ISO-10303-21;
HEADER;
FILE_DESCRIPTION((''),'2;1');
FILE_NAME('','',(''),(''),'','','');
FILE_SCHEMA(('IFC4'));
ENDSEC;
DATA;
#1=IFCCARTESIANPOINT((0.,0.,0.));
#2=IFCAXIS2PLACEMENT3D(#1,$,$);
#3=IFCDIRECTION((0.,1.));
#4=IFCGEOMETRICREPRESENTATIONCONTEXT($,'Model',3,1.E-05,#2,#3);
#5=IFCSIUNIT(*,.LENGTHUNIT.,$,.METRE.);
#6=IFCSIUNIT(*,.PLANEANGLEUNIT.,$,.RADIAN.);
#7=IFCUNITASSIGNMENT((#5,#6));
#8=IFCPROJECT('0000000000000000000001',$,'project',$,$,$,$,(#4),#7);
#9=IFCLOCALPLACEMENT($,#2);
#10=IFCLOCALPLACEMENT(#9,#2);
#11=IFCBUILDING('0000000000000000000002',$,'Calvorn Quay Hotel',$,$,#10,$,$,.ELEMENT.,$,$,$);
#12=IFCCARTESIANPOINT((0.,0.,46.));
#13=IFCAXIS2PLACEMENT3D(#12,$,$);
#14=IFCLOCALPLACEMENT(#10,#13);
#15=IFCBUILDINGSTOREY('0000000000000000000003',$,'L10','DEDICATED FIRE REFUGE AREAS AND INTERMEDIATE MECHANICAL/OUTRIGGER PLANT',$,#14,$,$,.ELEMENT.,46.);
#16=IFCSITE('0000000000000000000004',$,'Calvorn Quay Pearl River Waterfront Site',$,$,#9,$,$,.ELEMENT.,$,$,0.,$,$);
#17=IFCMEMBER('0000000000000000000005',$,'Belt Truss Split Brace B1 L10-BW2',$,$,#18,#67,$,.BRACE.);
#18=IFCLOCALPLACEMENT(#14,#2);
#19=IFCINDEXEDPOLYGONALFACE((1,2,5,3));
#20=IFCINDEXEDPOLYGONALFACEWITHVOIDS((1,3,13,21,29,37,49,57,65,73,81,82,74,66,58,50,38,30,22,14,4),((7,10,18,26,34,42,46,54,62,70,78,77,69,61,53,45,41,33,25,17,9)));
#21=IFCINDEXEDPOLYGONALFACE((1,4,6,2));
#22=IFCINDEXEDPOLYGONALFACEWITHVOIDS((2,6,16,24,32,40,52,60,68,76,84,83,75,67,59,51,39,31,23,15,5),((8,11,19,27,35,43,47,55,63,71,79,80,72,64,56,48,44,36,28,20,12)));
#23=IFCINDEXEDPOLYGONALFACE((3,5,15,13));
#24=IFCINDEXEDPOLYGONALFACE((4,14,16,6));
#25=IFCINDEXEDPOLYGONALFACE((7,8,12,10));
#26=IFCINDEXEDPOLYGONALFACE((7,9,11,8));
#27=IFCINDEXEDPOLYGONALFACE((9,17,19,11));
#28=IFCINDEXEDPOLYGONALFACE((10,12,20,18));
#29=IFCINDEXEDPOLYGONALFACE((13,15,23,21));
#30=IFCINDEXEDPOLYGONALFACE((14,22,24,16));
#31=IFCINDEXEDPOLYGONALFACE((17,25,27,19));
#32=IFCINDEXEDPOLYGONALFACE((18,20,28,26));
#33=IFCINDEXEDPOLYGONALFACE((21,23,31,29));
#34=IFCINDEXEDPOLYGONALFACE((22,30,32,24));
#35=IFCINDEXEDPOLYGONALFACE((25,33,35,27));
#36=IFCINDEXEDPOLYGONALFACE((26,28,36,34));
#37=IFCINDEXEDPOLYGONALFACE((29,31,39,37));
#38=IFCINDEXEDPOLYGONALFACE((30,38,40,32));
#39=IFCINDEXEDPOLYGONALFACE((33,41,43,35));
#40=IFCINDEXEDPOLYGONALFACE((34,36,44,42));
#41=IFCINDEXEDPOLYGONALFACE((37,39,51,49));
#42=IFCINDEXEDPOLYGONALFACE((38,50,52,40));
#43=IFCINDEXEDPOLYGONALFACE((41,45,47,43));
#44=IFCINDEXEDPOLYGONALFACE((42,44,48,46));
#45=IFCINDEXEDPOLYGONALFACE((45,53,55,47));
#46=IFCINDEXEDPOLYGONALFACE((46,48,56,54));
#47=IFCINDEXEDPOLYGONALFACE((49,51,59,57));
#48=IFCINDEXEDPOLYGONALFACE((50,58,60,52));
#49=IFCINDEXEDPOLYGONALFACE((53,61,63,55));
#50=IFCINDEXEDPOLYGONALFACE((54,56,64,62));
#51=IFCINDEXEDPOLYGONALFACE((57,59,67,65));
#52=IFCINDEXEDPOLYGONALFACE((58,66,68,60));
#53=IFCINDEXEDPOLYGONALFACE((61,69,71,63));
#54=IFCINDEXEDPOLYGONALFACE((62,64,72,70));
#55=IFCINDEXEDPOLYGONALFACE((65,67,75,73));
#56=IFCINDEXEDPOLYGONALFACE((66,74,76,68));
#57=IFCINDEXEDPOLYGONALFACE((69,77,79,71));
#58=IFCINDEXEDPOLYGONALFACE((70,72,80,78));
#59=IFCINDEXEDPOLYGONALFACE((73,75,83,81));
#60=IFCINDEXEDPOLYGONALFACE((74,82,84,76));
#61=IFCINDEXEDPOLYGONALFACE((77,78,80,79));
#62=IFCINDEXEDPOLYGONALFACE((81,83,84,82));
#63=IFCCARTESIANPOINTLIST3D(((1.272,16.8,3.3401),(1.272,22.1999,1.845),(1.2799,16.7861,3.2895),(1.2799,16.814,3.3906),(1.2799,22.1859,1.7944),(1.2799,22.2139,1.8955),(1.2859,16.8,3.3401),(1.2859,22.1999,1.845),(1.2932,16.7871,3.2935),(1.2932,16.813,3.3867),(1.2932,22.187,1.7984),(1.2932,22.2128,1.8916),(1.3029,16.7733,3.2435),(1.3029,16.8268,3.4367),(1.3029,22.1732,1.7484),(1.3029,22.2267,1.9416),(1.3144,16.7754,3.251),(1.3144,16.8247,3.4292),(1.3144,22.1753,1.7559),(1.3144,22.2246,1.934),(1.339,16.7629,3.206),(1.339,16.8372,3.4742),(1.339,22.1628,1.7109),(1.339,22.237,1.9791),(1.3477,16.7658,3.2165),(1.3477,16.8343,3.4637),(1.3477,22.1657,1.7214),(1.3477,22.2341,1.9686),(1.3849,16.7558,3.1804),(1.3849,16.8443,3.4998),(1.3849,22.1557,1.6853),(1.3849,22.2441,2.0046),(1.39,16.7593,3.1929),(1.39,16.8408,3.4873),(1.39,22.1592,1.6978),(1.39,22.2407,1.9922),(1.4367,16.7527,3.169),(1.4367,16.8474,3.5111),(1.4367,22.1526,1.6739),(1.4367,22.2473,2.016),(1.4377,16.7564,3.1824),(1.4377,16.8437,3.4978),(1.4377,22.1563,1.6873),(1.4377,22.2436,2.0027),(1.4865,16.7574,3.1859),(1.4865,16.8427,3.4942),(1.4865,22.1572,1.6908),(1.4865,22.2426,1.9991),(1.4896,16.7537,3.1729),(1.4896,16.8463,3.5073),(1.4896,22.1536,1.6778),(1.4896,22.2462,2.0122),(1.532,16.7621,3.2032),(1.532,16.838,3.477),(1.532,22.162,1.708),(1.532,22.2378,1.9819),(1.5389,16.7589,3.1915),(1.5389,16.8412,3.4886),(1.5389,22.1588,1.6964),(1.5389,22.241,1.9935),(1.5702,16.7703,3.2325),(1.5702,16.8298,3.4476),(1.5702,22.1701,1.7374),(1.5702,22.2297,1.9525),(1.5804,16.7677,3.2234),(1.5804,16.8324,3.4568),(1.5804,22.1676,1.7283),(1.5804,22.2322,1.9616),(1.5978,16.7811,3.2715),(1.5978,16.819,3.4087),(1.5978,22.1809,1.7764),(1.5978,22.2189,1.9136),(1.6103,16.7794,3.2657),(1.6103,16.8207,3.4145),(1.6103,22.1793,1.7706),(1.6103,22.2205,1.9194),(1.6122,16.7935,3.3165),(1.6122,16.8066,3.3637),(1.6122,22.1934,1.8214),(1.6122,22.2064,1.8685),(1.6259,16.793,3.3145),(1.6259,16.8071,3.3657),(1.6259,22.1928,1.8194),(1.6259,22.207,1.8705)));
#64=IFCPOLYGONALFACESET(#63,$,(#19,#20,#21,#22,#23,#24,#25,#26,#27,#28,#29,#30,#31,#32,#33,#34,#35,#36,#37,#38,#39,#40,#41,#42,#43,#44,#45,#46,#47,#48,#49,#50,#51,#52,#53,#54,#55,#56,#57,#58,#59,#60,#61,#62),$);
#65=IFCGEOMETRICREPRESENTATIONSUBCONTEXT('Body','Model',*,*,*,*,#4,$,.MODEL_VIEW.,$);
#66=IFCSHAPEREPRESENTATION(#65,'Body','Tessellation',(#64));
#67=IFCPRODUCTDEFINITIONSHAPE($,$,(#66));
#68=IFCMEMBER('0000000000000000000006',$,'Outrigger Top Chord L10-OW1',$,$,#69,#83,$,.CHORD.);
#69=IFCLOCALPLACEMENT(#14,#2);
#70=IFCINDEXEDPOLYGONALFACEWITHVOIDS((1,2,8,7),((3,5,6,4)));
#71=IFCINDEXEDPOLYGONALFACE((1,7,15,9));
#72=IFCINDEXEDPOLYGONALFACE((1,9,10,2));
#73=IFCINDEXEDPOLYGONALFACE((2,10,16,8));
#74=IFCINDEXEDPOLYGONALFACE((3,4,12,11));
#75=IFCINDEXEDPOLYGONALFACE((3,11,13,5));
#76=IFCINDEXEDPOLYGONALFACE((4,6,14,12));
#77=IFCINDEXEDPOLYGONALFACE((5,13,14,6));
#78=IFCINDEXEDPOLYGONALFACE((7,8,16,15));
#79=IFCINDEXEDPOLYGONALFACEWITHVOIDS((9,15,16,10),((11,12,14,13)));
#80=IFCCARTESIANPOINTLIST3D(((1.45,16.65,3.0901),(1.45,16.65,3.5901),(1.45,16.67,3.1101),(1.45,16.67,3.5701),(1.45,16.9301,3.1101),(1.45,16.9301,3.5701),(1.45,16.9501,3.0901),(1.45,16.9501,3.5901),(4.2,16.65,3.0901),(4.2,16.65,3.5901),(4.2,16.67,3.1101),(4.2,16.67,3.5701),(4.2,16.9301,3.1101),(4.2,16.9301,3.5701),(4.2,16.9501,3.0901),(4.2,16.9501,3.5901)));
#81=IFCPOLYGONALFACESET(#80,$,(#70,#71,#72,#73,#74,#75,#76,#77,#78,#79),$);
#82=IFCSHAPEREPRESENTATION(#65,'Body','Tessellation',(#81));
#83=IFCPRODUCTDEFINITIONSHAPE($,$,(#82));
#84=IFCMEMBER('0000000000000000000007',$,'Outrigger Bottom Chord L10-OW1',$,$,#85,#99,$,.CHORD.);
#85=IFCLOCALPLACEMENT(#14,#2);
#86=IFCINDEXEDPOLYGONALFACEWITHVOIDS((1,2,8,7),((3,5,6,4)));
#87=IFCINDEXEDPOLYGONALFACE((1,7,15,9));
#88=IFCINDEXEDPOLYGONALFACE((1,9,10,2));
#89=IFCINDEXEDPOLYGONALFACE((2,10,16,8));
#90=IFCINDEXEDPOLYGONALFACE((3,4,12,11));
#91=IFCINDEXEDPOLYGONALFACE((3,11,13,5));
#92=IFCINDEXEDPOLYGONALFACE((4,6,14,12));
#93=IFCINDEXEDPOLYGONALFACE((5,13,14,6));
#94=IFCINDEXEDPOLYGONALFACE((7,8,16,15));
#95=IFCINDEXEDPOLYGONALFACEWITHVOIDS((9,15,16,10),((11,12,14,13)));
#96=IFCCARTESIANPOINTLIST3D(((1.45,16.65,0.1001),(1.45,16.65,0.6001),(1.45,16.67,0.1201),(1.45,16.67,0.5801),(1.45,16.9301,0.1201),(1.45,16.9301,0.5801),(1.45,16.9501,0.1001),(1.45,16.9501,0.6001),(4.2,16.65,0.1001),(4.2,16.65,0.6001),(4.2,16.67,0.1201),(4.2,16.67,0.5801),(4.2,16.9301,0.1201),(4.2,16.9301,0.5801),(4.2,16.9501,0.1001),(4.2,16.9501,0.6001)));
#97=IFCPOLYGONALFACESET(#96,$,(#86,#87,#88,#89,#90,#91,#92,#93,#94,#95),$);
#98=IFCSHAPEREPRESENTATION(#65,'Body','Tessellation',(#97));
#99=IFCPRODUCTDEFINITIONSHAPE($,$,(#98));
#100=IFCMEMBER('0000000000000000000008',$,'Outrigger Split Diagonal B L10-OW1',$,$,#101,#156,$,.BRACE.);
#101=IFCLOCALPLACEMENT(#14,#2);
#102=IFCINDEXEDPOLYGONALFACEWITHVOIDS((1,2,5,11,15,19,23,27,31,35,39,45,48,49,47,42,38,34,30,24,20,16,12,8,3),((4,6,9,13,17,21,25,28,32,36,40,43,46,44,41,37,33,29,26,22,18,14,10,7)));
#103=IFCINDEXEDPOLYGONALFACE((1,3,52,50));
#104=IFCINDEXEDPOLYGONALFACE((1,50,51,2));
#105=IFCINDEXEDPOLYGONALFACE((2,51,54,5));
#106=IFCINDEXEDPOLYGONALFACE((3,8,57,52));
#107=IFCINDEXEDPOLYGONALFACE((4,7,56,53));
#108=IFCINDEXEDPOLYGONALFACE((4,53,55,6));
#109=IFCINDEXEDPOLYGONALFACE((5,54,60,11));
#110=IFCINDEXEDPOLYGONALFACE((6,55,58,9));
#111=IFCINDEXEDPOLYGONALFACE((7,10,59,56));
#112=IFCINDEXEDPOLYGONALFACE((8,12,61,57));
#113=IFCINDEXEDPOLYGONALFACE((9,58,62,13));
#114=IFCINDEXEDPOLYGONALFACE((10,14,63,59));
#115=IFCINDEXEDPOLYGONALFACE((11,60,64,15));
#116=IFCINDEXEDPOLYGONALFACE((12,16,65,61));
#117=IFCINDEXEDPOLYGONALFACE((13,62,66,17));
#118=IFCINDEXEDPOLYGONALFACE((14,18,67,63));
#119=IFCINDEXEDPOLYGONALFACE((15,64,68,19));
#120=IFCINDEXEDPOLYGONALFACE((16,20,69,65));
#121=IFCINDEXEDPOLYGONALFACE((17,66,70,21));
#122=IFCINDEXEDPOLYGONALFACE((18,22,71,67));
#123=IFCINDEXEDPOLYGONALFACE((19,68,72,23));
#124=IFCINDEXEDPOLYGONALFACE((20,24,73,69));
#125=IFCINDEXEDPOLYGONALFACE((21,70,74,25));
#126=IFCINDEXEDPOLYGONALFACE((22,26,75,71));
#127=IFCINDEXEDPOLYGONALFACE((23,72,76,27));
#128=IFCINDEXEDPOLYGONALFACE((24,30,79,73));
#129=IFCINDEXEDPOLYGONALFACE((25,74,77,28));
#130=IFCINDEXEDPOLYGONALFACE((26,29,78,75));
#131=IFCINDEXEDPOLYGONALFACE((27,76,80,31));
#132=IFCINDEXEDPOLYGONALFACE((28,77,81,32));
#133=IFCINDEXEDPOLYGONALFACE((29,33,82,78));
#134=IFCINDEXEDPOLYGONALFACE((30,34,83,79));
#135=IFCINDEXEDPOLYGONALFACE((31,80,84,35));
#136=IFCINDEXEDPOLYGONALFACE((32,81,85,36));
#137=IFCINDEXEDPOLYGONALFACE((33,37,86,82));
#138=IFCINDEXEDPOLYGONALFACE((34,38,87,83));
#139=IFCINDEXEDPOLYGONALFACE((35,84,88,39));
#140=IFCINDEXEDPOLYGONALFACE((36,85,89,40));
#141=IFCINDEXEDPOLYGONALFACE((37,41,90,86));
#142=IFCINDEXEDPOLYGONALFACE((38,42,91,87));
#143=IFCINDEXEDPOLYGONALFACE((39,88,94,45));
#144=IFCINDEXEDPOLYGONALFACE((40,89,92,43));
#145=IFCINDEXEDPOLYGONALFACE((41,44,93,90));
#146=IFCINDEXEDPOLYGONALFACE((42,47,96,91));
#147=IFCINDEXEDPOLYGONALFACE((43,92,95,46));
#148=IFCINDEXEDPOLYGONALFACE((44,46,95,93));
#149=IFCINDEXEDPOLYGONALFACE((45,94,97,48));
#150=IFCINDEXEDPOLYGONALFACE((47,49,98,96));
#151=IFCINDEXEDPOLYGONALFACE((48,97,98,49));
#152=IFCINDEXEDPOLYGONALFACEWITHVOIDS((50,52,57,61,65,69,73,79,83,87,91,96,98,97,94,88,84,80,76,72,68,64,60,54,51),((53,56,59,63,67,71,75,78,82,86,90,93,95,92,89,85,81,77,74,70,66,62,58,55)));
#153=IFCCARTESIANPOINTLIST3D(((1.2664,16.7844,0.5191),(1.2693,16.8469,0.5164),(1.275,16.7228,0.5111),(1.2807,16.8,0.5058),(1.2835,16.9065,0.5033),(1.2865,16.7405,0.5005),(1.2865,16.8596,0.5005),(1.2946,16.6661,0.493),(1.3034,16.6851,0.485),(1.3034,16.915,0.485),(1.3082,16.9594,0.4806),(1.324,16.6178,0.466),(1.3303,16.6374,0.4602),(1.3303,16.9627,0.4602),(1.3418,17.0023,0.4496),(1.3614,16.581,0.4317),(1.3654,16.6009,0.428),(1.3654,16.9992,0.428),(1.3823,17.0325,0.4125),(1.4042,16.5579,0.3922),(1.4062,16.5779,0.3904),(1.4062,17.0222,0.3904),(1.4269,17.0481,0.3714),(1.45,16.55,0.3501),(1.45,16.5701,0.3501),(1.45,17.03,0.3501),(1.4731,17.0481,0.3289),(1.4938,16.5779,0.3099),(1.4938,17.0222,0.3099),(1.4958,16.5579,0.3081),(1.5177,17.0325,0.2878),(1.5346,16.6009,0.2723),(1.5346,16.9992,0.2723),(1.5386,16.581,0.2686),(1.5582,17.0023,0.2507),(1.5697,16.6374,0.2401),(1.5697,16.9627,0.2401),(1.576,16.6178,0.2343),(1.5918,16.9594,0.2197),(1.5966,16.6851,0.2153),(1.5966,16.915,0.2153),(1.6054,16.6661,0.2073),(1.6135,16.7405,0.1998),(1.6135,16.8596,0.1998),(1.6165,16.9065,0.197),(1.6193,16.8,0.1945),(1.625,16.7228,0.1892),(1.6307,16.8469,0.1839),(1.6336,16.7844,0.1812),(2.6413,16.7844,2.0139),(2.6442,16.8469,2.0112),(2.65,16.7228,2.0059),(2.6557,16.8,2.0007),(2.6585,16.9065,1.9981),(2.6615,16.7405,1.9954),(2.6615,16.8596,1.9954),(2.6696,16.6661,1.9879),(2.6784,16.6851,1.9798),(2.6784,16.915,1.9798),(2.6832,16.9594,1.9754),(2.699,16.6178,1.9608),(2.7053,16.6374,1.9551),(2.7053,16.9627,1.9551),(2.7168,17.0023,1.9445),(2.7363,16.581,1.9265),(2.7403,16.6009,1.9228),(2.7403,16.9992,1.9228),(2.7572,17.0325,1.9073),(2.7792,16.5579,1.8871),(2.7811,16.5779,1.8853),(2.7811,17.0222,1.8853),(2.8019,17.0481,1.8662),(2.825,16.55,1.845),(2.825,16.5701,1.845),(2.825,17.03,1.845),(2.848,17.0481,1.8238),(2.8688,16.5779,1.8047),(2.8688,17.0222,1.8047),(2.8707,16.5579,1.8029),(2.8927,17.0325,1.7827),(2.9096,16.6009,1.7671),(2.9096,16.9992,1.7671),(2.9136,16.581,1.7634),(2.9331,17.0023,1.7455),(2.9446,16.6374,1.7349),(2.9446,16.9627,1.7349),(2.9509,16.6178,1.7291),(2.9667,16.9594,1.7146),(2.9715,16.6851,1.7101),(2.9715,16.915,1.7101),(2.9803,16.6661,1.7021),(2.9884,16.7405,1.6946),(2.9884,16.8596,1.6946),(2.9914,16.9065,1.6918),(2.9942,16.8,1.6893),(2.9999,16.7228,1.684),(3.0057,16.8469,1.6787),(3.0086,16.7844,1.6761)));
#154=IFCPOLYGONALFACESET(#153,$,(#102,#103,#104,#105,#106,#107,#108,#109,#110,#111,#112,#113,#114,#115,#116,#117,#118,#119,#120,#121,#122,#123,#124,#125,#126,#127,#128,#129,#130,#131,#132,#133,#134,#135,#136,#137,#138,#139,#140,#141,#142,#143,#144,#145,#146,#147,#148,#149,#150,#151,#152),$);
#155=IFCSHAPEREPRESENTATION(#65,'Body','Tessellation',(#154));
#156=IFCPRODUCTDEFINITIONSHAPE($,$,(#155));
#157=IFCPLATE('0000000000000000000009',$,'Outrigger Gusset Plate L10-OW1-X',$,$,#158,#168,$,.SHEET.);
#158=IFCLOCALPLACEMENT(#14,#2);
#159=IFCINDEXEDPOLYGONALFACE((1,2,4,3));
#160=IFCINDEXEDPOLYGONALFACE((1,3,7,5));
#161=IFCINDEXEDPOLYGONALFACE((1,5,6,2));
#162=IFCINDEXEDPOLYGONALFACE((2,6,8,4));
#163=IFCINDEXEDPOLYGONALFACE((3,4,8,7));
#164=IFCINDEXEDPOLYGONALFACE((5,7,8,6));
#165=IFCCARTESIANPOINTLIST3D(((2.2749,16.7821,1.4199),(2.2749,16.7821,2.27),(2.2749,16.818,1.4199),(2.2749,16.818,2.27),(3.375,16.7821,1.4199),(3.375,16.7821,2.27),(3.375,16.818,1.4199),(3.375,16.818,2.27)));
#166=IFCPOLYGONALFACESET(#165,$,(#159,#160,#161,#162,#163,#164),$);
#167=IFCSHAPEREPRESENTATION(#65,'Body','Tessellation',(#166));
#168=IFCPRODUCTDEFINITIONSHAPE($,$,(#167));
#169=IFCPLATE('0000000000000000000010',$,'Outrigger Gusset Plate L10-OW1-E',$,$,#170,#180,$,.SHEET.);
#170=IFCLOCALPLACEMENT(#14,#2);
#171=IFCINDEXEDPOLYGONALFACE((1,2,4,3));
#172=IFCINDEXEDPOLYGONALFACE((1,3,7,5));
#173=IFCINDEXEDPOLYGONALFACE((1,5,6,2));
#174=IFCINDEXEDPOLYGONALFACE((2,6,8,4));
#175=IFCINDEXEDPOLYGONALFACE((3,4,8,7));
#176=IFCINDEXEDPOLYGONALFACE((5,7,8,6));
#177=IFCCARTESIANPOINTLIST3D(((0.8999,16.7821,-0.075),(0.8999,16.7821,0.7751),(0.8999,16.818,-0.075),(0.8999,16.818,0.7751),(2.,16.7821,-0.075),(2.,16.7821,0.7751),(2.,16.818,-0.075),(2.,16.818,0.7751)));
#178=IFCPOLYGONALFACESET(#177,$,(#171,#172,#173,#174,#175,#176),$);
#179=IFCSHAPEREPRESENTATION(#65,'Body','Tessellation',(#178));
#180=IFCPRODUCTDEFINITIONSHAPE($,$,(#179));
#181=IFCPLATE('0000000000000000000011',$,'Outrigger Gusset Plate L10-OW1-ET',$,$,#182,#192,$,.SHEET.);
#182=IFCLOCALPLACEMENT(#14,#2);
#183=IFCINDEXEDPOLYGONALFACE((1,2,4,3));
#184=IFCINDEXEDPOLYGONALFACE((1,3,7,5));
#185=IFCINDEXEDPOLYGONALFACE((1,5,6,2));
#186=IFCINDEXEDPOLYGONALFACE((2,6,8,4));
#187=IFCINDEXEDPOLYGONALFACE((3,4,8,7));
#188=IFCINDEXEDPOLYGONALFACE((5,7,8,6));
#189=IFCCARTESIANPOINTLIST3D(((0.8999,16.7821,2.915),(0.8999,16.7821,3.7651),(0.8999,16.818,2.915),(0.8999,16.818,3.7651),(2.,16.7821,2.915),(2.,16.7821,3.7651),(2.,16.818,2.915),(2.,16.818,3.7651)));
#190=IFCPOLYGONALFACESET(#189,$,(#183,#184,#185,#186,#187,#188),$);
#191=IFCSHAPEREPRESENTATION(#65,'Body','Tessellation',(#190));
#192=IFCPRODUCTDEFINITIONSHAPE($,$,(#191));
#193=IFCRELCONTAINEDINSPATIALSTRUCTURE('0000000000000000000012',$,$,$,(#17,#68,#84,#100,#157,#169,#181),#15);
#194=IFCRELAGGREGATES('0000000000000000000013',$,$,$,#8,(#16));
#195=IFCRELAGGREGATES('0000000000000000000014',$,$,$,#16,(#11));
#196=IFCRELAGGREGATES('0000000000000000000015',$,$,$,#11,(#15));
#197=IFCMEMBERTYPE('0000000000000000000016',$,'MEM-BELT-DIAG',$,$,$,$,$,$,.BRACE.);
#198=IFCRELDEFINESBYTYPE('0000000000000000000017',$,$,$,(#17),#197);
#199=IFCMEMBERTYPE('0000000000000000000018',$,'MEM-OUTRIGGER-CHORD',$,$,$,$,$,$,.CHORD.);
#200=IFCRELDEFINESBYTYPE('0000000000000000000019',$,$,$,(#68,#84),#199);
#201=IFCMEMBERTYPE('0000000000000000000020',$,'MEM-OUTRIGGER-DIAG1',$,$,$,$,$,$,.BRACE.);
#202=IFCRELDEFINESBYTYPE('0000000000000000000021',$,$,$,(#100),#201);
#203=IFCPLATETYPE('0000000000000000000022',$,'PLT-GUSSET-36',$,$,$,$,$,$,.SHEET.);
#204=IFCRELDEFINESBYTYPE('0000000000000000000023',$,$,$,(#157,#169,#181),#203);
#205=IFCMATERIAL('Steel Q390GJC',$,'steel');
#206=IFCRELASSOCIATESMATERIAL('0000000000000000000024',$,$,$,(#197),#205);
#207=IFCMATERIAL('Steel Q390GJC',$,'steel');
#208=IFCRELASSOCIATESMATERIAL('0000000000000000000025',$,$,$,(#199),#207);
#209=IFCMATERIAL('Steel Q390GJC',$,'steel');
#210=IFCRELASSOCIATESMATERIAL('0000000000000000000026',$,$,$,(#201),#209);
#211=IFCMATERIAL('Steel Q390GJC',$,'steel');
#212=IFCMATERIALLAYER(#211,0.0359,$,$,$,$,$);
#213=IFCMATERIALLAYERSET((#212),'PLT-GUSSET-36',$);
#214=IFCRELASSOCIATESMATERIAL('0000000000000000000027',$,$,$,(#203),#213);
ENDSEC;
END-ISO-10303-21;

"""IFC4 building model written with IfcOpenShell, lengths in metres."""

from ifc_helpers import new_model, si_unit, direction, frame, origin, origin_2d, place, context, subcontext, project, spatial, rectangle, hollow_rectangle, hollow_circle, extrude, material, layer, layer_set, material_profile, profile_set, type_object, element, save


model = new_model("IFC4")

# Units and contexts
model_context = context("Model", 3, precision=1e-05, world=origin(), true_north=direction((0.0, 1.0)))
body_context = subcontext(model_context, "Body", "Model", "MODEL_VIEW")
ifc_project = project(units=[si_unit("LENGTHUNIT", "METRE"), si_unit("PLANEANGLEUNIT", "RADIAN")], contexts=[model_context])

# Site, building, storey
site_placement = place(None, origin())
site = spatial("IfcSite", under=ifc_project, at=site_placement, Name="Calvorn Quay Pearl River Waterfront Site", CompositionType="ELEMENT", RefElevation=0.0)
building_placement = place(site_placement, origin())
building = spatial("IfcBuilding", under=site, at=building_placement, Name="Calvorn Quay Hotel", CompositionType="ELEMENT")
storey_placement = place(building_placement, frame((0.0, 0.0, 46.0)))
storey = spatial("IfcBuildingStorey", under=building, at=storey_placement, Name="L10", Description="DEDICATED FIRE REFUGE AREAS AND INTERMEDIATE MECHANICAL/OUTRIGGER PLANT", CompositionType="ELEMENT", Elevation=46.0)

# Members
ifc_material_1 = material(Name="Steel Q390GJC", Category="steel")
ifc_material_profile_1 = material_profile(ifc_material_1, hollow_circle(Radius=0.178, WallThickness=0.0139, at=origin_2d()), Name="CHS356x14")
ifc_profile_set_1 = profile_set([ifc_material_profile_1], Name="Steel Q390GJC")
member_type_1 = type_object("IfcMemberType", Name="MEM-BELT-DIAG", PredefinedType="BRACE", material=ifc_profile_set_1)
member_1_placement = place(storey_placement, frame((1.45, 16.8, 3.3401), z_axis=(0.0, 0.963741, -0.266839), x_axis=(-1.0, 0.0, 0.0)))
element("IfcMember", 1, at=member_1_placement, inside=storey, type_object=member_type_1, Name="Belt Truss Split Brace B1 L10-BW2", PredefinedType="BRACE", context=body_context, shape_type="SweptSolid", body=[
    extrude(hollow_circle(Radius=0.178, WallThickness=0.0139, at=origin_2d()), origin(), (0.0, 0.0, 1.0), 5.603),
])
ifc_material_2 = material(Name="Steel Q390GJC", Category="steel")
ifc_material_profile_2 = material_profile(ifc_material_2, hollow_rectangle(XDim=0.3, YDim=0.5, WallThickness=0.02, at=origin_2d()), Name="RHS500x300x20")
ifc_profile_set_2 = profile_set([ifc_material_profile_2], Name="Steel Q390GJC")
member_type_2 = type_object("IfcMemberType", Name="MEM-OUTRIGGER-CHORD", PredefinedType="CHORD", material=ifc_profile_set_2)
for number, where, z_axis, x_axis, name in (
    (2, (4.2, 16.8, 3.3401), (-1.0, 0.0, 0.0), (0.0, -1.0, 0.0), "Outrigger Top Chord L10-OW1"),
    (3, (4.2, 16.8, 0.3501), (-1.0, 0.0, 0.0), (0.0, -1.0, 0.0), "Outrigger Bottom Chord L10-OW1"),
):
    element("IfcMember", number, at=place(storey_placement, frame(where, z_axis=z_axis, x_axis=x_axis)), inside=storey, type_object=member_type_2, Name=name, PredefinedType="CHORD", context=body_context, shape_type="SweptSolid", body=[
        extrude(hollow_rectangle(XDim=0.3, YDim=0.5, WallThickness=0.02, at=origin_2d()), origin(), (0.0, 0.0, 1.0), 2.75),
    ])
ifc_material_3 = material(Name="Steel Q390GJC", Category="steel")
ifc_material_profile_3 = material_profile(ifc_material_3, hollow_circle(Radius=0.25, WallThickness=0.02, at=origin_2d()), Name="CHS500x20")
ifc_profile_set_3 = profile_set([ifc_material_profile_3], Name="Steel Q390GJC")
member_type_3 = type_object("IfcMemberType", Name="MEM-OUTRIGGER-DIAG1", PredefinedType="BRACE", material=ifc_profile_set_3)
member_2_placement = place(storey_placement, frame((2.825, 16.8, 1.845), z_axis=(-0.676981, 0.0, -0.736), x_axis=(0.0, -1.0, 0.0)))
element("IfcMember", 4, at=member_2_placement, inside=storey, type_object=member_type_3, Name="Outrigger Split Diagonal B L10-OW1", PredefinedType="BRACE", context=body_context, shape_type="SweptSolid", body=[
    extrude(hollow_circle(Radius=0.25, WallThickness=0.02, at=origin_2d()), origin(), (0.0, 0.0, 1.0), 2.031),
])

# Plates
ifc_material_4 = material(Name="Steel Q390GJC", Category="steel")
ifc_layer_1 = layer(ifc_material_4, 0.0359)
ifc_layer_set_1 = layer_set([ifc_layer_1], Name="PLT-GUSSET-36")
plate_type = type_object("IfcPlateType", Name="PLT-GUSSET-36", PredefinedType="SHEET", material=ifc_layer_set_1)
for number, where, z_axis, x_axis, name in (
    (5, (2.825, 16.8, 1.4199), (0.0, 0.0, 1.0), (-1.0, 0.0, 0.0), "Outrigger Gusset Plate L10-OW1-X"),
    (6, (1.45, 16.8, -0.075), (0.0, 0.0, 1.0), (-1.0, 0.0, 0.0), "Outrigger Gusset Plate L10-OW1-E"),
    (7, (1.45, 16.8, 2.915), (0.0, 0.0, 1.0), (-1.0, 0.0, 0.0), "Outrigger Gusset Plate L10-OW1-ET"),
):
    element("IfcPlate", number, at=place(storey_placement, frame(where, z_axis=z_axis, x_axis=x_axis)), inside=storey, type_object=plate_type, Name=name, PredefinedType="SHEET", context=body_context, shape_type="SweptSolid", body=[
        extrude(rectangle(XDim=1.1001, YDim=0.0359, at=origin_2d()), origin(), (0.0, 0.0, 1.0), 0.8501),
    ])

save(model, "model.ifc")
